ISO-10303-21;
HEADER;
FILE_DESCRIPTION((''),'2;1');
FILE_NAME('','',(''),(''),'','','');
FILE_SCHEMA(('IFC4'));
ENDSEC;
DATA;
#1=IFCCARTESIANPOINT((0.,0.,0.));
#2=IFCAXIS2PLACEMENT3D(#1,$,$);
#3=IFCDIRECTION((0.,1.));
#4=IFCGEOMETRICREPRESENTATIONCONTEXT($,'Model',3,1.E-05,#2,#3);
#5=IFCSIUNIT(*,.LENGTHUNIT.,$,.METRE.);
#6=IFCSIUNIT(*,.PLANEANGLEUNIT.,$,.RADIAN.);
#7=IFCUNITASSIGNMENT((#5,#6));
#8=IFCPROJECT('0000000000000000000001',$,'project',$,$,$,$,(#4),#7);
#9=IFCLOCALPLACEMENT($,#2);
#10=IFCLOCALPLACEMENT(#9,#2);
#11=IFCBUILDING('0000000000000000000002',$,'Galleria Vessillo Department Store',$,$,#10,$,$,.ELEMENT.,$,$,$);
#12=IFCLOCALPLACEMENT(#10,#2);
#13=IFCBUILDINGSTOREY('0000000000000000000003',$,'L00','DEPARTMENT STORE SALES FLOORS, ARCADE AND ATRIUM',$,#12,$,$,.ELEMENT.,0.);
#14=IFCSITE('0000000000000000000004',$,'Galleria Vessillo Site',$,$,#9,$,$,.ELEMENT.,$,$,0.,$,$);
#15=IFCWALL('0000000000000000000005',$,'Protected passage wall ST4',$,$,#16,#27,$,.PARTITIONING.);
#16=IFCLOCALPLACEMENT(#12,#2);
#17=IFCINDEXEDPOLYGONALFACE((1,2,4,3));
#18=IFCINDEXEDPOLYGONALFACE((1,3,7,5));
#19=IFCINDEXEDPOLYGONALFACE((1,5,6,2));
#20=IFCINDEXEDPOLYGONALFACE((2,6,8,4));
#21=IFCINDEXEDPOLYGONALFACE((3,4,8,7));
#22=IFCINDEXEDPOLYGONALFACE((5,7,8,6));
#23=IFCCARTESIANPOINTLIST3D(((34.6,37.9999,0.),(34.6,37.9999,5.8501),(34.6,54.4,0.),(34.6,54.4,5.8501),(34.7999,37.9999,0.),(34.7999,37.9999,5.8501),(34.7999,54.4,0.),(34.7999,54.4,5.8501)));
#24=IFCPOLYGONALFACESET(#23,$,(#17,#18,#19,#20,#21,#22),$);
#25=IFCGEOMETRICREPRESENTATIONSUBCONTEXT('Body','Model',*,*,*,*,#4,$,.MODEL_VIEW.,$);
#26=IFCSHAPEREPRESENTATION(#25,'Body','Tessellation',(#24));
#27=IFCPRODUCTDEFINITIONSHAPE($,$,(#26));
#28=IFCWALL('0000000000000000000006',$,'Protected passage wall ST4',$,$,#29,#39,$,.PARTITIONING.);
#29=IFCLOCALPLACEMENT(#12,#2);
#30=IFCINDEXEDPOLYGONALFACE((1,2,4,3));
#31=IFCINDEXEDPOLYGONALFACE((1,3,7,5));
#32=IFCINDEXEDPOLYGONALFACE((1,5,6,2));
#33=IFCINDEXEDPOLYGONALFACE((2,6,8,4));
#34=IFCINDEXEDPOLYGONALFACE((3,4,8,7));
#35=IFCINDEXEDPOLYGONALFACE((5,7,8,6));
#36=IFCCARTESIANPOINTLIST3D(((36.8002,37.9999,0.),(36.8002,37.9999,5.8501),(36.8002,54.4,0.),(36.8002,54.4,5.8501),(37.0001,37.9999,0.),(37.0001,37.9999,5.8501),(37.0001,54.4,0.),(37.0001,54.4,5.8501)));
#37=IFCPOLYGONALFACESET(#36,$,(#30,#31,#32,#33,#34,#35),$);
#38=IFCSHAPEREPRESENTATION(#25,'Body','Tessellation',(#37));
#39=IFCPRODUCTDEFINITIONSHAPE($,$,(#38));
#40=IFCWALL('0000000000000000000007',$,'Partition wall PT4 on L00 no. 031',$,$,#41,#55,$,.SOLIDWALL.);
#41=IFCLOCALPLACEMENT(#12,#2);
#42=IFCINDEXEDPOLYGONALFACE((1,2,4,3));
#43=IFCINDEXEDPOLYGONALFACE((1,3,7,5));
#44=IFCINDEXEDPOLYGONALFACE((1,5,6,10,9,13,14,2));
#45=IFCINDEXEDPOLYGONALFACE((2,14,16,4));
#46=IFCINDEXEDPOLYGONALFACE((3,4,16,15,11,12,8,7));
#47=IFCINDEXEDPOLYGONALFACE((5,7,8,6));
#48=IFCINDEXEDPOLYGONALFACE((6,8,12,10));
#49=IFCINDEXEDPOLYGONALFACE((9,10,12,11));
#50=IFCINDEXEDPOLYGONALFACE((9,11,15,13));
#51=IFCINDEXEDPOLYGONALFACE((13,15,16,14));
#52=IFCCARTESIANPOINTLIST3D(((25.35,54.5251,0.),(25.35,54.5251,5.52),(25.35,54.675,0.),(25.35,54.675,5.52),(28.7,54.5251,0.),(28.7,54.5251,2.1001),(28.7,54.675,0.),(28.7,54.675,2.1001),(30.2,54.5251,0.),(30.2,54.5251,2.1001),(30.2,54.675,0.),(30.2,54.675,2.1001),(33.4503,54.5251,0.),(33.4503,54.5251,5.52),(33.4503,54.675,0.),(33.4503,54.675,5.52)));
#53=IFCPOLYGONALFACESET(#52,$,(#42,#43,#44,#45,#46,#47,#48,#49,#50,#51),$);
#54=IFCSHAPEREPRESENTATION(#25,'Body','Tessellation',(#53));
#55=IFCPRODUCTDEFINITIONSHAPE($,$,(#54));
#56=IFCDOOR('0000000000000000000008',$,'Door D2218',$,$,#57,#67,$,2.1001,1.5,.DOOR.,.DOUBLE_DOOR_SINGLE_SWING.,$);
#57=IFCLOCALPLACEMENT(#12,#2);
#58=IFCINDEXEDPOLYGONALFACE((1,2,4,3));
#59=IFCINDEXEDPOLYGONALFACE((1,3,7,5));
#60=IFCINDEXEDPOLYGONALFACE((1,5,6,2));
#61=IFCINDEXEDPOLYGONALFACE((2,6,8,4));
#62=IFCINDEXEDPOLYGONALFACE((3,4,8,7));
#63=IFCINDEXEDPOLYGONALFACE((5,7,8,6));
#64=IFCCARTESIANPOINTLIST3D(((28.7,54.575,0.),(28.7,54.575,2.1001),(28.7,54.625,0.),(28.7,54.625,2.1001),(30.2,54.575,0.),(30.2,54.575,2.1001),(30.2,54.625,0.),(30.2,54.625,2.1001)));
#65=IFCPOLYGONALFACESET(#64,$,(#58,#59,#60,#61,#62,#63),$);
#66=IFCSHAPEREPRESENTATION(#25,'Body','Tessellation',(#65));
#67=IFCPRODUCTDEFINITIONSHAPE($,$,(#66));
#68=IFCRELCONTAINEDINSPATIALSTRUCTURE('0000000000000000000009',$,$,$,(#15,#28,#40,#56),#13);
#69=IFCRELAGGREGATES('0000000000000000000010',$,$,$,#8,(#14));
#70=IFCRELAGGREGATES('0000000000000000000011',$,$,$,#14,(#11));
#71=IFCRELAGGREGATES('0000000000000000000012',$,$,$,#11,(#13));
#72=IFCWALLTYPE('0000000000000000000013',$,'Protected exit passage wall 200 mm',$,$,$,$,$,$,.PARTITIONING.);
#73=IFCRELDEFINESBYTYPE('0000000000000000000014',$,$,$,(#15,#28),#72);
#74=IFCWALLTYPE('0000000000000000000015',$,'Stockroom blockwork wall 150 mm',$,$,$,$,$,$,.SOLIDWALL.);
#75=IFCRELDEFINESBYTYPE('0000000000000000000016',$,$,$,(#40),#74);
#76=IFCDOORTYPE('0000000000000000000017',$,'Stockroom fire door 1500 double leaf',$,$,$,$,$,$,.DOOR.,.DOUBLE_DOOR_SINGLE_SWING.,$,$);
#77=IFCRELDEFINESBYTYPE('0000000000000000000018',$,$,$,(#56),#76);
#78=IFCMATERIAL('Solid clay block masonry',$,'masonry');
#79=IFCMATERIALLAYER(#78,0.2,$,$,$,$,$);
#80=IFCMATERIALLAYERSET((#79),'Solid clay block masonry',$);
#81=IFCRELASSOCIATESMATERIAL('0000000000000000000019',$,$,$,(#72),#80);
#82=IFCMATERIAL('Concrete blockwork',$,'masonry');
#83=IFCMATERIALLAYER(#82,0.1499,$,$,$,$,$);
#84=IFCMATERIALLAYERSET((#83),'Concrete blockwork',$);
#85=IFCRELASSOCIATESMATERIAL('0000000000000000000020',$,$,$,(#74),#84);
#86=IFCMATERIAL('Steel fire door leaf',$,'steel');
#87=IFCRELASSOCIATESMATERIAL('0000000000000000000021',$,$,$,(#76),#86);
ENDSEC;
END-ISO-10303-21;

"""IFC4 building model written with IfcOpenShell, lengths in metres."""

from ifc_helpers import new_model, si_unit, direction, frame, frame_2d, origin, place, context, subcontext, project, spatial, rectangle, extrude, material, layer, layer_set, type_object, element, fill, save


model = new_model("IFC4")

# Units and contexts
model_context = context("Model", 3, precision=1e-05, world=origin(), true_north=direction((0.0, 1.0)))
body_context = subcontext(model_context, "Body", "Model", "MODEL_VIEW")
ifc_project = project(units=[si_unit("LENGTHUNIT", "METRE"), si_unit("PLANEANGLEUNIT", "RADIAN")], contexts=[model_context])

# Site, building, storey
site_placement = place(None, origin())
site = spatial("IfcSite", under=ifc_project, at=site_placement, Name="Galleria Vessillo Site", CompositionType="ELEMENT", RefElevation=0.0)
building_placement = place(site_placement, origin())
building = spatial("IfcBuilding", under=site, at=building_placement, Name="Galleria Vessillo Department Store", CompositionType="ELEMENT")
storey_placement = place(building_placement, origin())
storey = spatial("IfcBuildingStorey", under=building, at=storey_placement, Name="L00", Description="DEPARTMENT STORE SALES FLOORS, ARCADE AND ATRIUM", CompositionType="ELEMENT", Elevation=0.0)

# Walls
ifc_material_1 = material(Name="Solid clay block masonry", Category="masonry")
ifc_layer_1 = layer(ifc_material_1, 0.2)
ifc_layer_set_1 = layer_set([ifc_layer_1], Name="Solid clay block masonry")
wall_type_1 = type_object("IfcWallType", Name="Protected exit passage wall 200 mm", PredefinedType="PARTITIONING", material=ifc_layer_set_1)
for number, where, z_axis, x_axis, name in (
    (1, (34.7, 54.4001, 0.0), (0.0, 0.0, 1.0), (0.0, -1.0, 0.0), "Protected passage wall ST4"),
    (2, (36.9001, 54.4001, 0.0), (0.0, 0.0, 1.0), (0.0, -1.0, 0.0), "Protected passage wall ST4"),
):
    element("IfcWall", number, at=place(storey_placement, frame(where, z_axis=z_axis, x_axis=x_axis)), inside=storey, type_object=wall_type_1, Name=name, PredefinedType="PARTITIONING", context=body_context, shape_type="SweptSolid", body=[
        extrude(rectangle(XDim=16.4001, YDim=0.2, at=frame_2d((8.2002, 0.0))), origin(), (0.0, 0.0, 1.0), 5.8501),
    ])

# Wall, opening, door
ifc_material_2 = material(Name="Concrete blockwork", Category="masonry")
ifc_layer_2 = layer(ifc_material_2, 0.1499)
ifc_layer_set_2 = layer_set([ifc_layer_2], Name="Concrete blockwork")
wall_type_2 = type_object("IfcWallType", Name="Stockroom blockwork wall 150 mm", PredefinedType="SOLIDWALL", material=ifc_layer_set_2)
wall_placement = place(storey_placement, frame((25.3499, 54.6001, 0.0), z_axis=(0.0, 0.0, 1.0), x_axis=(1.0, 0.0, 0.0)))
wall = element("IfcWall", 3, at=wall_placement, inside=storey, type_object=wall_type_2, Name="Partition wall PT4 on L00 no. 031", PredefinedType="SOLIDWALL", context=body_context, shape_type="SweptSolid", body=[
    extrude(rectangle(XDim=8.1003, YDim=0.1499, at=frame_2d((4.0503, 0.0))), origin(), (0.0, 0.0, 1.0), 5.52),
])
opening_placement = place(wall_placement, frame((3.3501, 0.0, 0.0)))
opening = element("IfcOpeningElement", 4, at=opening_placement, cuts=wall, PredefinedType="OPENING", context=body_context, shape_type="SweptSolid", body=[
    extrude(rectangle(XDim=1.5, YDim=2.1001, at=frame_2d((0.75, 1.05))), frame((0.0, 0.085, 0.0), z_axis=(0.0, -1.0, 0.0), x_axis=(1.0, 0.0, 0.0)), (0.0, 0.0, 1.0), 0.1699),
])
ifc_material_3 = material(Name="Steel fire door leaf", Category="steel")
door_type = type_object("IfcDoorType", Name="Stockroom fire door 1500 double leaf", OperationType="DOUBLE_DOOR_SINGLE_SWING", PredefinedType="DOOR", material=ifc_material_3)
door_placement = place(opening_placement, origin())
door = element("IfcDoor", 5, at=door_placement, inside=storey, type_object=door_type, Name="Door D2218", OperationType="DOUBLE_DOOR_SINGLE_SWING", OverallHeight=2.1001, OverallWidth=1.5, PredefinedType="DOOR", context=body_context, shape_type="SweptSolid", body=[
    extrude(rectangle(XDim=1.5, YDim=2.1001, at=frame_2d((0.75, 1.05))), frame((0.0, 0.0249, 0.0), z_axis=(0.0, -1.0, 0.0), x_axis=(1.0, 0.0, 0.0)), (0.0, 0.0, 1.0), 0.05),
])
fill(opening, door)

save(model, "model.ifc")
